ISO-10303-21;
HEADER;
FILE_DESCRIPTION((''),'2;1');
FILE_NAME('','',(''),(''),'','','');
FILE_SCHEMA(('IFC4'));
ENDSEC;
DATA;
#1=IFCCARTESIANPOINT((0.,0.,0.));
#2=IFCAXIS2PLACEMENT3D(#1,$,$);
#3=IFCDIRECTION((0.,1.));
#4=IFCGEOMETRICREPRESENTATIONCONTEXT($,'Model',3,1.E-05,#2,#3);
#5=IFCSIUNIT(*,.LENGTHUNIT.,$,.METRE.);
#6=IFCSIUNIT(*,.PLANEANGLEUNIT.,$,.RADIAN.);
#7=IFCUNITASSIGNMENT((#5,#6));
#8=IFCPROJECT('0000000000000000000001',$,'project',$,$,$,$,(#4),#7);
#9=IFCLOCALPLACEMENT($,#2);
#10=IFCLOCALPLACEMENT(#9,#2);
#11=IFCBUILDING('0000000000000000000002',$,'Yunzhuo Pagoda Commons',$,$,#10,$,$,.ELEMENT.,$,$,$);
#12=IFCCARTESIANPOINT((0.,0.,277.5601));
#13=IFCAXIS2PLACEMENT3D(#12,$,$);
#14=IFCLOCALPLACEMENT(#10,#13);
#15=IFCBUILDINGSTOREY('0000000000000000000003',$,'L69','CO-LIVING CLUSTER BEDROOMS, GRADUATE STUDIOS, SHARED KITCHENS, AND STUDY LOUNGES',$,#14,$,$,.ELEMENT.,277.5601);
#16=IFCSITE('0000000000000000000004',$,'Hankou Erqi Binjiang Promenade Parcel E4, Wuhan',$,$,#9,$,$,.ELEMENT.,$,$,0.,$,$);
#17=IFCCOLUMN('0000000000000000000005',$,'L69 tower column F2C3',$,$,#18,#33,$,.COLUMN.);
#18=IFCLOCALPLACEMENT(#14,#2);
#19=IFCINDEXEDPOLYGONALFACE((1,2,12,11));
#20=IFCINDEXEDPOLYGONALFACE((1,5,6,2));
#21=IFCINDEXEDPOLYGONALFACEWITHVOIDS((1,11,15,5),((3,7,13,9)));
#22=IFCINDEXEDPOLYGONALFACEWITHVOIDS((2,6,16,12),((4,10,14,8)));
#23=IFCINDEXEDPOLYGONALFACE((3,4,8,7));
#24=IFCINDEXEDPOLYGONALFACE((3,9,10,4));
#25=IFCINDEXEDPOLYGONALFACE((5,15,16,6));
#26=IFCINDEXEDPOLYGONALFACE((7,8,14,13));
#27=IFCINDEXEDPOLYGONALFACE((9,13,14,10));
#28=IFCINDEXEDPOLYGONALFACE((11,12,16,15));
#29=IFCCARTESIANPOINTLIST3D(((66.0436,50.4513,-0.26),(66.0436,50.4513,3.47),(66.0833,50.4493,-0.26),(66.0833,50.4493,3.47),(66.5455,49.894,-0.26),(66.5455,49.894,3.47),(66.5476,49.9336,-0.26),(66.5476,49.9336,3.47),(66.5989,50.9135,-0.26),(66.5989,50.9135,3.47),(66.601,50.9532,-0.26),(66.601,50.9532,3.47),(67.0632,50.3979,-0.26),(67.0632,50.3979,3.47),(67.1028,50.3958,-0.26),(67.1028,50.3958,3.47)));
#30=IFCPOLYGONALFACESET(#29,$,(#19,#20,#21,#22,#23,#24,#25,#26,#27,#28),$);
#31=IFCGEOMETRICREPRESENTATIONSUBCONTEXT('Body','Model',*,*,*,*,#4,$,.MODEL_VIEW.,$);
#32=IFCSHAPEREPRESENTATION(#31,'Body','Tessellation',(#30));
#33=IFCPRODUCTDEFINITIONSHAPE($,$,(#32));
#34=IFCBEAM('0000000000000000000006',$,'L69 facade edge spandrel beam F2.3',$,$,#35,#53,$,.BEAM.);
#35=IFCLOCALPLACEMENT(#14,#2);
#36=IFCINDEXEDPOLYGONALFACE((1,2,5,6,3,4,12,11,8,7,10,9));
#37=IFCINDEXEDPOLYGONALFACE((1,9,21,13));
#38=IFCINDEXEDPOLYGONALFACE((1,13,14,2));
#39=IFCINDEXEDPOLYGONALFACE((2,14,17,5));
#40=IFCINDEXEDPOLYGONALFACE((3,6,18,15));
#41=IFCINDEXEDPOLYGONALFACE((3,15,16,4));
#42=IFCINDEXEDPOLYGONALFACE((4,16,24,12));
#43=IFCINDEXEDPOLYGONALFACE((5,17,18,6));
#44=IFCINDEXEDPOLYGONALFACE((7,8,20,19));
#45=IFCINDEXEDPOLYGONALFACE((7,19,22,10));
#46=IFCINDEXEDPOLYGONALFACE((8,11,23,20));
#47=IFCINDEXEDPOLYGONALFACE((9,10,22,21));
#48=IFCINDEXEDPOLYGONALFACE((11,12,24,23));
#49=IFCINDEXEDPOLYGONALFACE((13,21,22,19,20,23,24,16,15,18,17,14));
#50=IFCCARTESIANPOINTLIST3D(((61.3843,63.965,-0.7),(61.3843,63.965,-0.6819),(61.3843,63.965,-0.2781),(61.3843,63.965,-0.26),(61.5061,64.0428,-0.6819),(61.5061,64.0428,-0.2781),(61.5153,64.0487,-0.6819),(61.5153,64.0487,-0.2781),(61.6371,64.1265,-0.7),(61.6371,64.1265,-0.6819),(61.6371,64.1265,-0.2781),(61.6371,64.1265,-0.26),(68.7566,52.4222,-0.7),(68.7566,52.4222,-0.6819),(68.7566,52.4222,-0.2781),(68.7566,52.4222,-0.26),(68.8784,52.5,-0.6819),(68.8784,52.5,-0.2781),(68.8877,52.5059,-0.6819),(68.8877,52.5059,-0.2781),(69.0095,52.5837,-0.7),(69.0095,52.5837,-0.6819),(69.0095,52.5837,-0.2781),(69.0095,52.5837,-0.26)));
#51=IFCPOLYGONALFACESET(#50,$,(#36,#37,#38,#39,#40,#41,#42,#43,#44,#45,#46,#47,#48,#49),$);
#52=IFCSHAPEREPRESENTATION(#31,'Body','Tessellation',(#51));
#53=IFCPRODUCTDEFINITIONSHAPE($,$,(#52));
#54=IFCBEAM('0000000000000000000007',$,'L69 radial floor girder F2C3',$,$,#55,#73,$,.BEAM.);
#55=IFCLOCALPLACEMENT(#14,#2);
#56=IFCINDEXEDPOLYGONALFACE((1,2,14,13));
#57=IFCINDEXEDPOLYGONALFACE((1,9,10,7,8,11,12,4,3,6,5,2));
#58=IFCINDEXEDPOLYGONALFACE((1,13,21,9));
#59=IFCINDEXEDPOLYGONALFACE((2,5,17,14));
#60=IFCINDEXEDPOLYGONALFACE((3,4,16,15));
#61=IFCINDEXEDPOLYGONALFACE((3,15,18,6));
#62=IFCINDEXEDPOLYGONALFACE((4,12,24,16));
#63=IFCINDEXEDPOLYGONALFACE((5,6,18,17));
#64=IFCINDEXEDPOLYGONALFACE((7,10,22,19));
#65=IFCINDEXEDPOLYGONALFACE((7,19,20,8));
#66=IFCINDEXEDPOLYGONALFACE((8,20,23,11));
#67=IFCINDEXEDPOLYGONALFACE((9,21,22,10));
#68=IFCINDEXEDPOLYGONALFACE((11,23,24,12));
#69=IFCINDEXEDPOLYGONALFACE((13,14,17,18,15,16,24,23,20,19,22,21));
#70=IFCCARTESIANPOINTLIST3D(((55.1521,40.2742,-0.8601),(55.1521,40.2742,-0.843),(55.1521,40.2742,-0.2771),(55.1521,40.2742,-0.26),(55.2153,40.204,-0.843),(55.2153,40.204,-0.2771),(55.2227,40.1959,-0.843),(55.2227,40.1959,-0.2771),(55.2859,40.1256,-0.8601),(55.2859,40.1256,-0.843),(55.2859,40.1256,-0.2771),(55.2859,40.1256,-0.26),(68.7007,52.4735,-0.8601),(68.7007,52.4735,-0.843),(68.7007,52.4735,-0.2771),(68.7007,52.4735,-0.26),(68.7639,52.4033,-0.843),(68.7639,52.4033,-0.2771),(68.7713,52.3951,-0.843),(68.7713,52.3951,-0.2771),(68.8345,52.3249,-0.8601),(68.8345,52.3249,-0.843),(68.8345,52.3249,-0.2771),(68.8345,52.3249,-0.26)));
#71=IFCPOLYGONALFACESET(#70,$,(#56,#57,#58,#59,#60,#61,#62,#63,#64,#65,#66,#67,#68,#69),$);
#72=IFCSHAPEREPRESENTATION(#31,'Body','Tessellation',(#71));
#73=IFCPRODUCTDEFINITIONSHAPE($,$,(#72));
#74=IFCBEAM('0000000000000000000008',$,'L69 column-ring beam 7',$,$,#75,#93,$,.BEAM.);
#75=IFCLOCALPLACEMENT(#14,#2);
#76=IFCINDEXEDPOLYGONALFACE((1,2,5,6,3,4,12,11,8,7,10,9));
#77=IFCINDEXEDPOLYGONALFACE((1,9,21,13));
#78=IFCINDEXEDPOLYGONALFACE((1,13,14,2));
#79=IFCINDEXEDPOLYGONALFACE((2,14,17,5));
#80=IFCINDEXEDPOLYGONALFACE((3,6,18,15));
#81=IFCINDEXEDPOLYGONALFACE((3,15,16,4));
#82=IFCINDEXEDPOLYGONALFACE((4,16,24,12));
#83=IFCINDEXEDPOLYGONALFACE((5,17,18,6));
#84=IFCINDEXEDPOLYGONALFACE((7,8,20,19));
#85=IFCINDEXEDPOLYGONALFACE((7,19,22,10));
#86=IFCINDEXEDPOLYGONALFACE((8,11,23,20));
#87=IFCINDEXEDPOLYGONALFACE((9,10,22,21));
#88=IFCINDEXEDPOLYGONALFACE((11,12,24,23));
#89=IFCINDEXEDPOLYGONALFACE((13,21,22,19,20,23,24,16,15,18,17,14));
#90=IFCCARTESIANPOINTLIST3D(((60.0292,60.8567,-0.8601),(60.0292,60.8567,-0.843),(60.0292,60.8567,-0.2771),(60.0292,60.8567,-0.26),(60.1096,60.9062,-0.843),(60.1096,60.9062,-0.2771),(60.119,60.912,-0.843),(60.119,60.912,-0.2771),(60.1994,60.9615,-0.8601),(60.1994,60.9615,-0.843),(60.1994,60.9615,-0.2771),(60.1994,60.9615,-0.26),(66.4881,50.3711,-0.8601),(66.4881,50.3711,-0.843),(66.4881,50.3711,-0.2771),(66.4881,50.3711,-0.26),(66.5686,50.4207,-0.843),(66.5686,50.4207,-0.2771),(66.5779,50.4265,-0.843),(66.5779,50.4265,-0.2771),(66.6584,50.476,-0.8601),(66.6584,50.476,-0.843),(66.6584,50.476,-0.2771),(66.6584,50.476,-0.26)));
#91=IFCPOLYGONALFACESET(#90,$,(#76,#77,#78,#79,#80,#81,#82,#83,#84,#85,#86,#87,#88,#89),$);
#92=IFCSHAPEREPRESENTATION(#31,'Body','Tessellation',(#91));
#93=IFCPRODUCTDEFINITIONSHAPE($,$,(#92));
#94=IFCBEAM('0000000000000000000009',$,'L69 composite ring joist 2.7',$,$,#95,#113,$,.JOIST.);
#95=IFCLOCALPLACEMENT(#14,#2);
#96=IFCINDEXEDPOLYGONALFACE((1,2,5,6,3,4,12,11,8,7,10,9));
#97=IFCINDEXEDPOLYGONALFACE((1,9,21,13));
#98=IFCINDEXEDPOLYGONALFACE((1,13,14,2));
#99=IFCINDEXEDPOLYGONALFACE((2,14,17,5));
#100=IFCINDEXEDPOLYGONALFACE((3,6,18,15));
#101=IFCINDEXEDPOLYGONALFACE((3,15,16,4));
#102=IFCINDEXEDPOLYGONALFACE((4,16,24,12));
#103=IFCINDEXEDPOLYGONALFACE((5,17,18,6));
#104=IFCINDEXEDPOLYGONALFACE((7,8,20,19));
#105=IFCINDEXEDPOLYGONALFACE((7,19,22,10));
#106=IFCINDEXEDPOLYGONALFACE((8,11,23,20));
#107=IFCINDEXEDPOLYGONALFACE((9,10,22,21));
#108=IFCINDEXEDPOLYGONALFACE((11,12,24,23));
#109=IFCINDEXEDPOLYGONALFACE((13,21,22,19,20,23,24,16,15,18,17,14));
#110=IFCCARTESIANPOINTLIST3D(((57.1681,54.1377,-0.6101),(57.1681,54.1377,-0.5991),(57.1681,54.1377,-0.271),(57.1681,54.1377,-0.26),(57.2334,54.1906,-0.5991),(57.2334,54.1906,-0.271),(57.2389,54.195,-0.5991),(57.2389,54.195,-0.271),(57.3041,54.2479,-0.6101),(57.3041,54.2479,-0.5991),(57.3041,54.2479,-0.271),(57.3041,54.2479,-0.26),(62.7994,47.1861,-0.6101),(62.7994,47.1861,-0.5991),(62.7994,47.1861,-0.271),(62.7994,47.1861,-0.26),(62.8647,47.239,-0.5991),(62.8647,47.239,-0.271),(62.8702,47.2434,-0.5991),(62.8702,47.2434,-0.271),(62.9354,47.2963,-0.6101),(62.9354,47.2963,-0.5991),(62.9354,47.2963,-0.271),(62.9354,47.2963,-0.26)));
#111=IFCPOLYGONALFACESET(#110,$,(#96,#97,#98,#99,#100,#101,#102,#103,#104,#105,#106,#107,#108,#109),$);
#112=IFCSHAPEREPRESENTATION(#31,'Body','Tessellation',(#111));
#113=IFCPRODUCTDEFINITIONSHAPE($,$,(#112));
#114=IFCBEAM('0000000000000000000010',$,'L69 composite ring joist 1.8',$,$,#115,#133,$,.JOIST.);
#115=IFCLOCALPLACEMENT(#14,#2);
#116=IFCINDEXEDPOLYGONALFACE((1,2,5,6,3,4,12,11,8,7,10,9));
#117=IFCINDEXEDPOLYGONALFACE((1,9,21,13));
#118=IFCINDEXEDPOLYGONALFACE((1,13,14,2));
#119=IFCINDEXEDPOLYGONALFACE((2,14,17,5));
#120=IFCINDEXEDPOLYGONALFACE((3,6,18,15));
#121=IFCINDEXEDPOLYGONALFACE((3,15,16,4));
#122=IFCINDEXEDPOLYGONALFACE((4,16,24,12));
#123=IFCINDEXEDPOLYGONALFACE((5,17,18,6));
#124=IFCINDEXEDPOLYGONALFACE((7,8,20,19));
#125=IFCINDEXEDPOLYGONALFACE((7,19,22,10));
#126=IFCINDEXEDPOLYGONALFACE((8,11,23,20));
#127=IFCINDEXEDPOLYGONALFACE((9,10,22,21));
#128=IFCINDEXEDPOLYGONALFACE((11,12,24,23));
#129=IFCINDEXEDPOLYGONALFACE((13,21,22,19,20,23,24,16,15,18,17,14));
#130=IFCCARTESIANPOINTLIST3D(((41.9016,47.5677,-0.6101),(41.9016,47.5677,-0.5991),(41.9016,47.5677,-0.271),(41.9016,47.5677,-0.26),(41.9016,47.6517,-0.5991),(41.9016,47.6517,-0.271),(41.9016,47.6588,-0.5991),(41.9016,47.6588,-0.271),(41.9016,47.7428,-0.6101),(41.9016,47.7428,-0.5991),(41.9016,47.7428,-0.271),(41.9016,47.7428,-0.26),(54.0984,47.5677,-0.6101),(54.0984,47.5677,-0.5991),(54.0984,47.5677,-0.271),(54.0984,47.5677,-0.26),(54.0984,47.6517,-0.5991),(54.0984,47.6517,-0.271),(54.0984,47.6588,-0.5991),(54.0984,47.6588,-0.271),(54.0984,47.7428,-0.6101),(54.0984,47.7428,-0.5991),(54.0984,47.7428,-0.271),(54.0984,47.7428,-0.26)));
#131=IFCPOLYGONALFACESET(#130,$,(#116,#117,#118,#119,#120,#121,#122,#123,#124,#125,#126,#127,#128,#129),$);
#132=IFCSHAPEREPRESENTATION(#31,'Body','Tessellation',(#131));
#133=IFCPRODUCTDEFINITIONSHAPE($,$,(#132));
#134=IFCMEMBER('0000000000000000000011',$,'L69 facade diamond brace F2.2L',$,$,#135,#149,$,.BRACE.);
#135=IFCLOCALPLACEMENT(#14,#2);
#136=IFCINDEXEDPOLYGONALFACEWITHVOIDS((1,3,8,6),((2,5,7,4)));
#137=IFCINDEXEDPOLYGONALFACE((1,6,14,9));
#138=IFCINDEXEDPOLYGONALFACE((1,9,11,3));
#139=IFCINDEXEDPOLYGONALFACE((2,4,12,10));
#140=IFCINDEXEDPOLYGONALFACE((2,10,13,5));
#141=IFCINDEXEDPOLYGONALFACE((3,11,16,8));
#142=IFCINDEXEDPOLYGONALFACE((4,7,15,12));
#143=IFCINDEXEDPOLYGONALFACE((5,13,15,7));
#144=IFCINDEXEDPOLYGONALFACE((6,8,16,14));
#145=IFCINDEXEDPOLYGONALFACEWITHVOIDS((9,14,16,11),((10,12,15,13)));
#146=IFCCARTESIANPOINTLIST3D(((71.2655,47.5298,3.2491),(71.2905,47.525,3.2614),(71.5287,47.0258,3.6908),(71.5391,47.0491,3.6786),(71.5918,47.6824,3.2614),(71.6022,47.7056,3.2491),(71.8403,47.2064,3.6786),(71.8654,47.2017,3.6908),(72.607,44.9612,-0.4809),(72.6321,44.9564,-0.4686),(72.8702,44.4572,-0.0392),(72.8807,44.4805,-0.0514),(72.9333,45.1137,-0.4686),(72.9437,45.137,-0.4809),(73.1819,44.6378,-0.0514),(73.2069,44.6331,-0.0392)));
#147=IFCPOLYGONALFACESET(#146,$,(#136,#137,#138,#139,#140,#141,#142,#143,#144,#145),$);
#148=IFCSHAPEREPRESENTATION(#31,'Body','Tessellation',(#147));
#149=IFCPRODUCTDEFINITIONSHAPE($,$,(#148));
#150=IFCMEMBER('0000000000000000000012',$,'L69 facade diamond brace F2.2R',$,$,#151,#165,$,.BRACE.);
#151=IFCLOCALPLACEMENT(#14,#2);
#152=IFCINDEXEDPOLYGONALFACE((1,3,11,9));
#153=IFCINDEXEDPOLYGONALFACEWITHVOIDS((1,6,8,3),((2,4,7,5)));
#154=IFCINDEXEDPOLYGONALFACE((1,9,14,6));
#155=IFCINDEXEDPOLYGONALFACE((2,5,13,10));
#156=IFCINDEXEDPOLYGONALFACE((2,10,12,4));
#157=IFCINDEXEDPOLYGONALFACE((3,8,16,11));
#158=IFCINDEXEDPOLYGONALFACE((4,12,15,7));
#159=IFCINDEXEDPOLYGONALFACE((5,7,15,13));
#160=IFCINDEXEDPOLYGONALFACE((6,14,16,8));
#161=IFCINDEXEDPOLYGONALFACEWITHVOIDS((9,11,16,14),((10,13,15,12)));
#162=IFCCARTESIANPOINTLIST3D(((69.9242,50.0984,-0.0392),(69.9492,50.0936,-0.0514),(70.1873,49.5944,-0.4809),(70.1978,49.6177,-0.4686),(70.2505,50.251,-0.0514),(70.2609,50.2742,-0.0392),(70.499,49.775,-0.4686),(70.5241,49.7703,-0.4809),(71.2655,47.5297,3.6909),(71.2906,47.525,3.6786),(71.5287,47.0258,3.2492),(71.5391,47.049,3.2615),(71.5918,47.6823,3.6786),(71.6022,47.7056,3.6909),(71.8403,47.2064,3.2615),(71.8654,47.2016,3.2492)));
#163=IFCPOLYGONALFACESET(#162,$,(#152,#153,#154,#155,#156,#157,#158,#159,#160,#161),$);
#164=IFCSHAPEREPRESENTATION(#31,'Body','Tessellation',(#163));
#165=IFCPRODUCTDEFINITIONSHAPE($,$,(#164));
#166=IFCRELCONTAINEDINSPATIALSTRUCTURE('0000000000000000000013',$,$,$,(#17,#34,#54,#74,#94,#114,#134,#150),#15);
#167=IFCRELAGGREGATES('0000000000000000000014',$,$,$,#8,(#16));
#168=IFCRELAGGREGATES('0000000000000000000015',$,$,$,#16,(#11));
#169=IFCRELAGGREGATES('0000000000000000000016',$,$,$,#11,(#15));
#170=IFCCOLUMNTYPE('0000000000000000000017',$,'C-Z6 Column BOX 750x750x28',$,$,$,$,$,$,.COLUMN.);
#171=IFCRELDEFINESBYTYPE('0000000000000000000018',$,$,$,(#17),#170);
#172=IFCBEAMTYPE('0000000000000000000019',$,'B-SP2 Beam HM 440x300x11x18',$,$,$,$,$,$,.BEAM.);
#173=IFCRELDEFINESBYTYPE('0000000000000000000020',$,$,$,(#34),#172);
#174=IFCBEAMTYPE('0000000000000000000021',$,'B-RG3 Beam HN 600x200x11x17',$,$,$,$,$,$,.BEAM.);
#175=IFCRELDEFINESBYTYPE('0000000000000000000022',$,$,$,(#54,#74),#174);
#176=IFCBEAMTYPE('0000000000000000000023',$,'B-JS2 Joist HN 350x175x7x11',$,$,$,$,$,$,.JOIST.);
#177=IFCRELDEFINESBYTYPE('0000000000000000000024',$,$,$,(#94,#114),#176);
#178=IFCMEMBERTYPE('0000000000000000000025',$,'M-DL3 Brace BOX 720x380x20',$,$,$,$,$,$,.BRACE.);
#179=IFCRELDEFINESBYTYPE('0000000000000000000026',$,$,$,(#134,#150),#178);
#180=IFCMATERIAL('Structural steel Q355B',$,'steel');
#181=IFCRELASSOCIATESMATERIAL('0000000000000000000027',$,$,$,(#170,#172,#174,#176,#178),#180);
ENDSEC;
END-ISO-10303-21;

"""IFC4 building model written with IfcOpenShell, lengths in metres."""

from ifc_helpers import new_model, si_unit, direction, frame, origin, origin_2d, place, context, subcontext, project, spatial, hollow_rectangle, i_section, extrude, source, transform, mapped, material, material_profile, profile_set, type_object, element, save


model = new_model("IFC4")

# Units and contexts
model_context = context("Model", 3, precision=1e-05, world=origin(), true_north=direction((0.0, 1.0)))
body_context = subcontext(model_context, "Body", "Model", "MODEL_VIEW")
ifc_project = project(units=[si_unit("LENGTHUNIT", "METRE"), si_unit("PLANEANGLEUNIT", "RADIAN")], contexts=[model_context])

# Site, building, storey
site_placement = place(None, origin())
site = spatial("IfcSite", under=ifc_project, at=site_placement, Name="Hankou Erqi Binjiang Promenade Parcel E4, Wuhan", CompositionType="ELEMENT", RefElevation=0.0)
building_placement = place(site_placement, origin())
building = spatial("IfcBuilding", under=site, at=building_placement, Name="Yunzhuo Pagoda Commons", CompositionType="ELEMENT")
storey_placement = place(building_placement, frame((0.0, 0.0, 277.5601)))
storey = spatial("IfcBuildingStorey", under=building, at=storey_placement, Name="L69", Description="CO-LIVING CLUSTER BEDROOMS, GRADUATE STUDIOS, SHARED KITCHENS, AND STUDY LOUNGES", CompositionType="ELEMENT", Elevation=277.5601)

# Column
ifc_material_1 = material(Name="Structural steel Q355B", Category="steel")
ifc_material_profile_1 = material_profile(ifc_material_1, hollow_rectangle(XDim=0.75, YDim=0.75, WallThickness=0.0281, at=origin_2d()), Name="Structural steel Q355B")
ifc_profile_set_1 = profile_set([ifc_material_profile_1], Name="Structural steel Q355B")
column_type = type_object("IfcColumnType", Name="C-Z6 Column BOX 750x750x28", PredefinedType="COLUMN", material=ifc_profile_set_1)
shared_shape_1 = source(origin(), body_context, "Body", "SweptSolid", [
    extrude(hollow_rectangle(XDim=0.75, YDim=0.75, WallThickness=0.0281, at=origin_2d()), origin(), (0.0, 0.0, 1.0), 3.73),
])
column_placement = place(storey_placement, frame((66.5732, 50.4236, -0.26), z_axis=(0.0, 0.0, 1.0), x_axis=(-0.669131, 0.743145, 0.0)))
element("IfcColumn", 1, at=column_placement, inside=storey, type_object=column_type, Name="L69 tower column F2C3", PredefinedType="COLUMN", context=body_context, shape_type="MappedRepresentation", body=[
    mapped(shared_shape_1, transform((0.0, 0.0, 0.0), scale=1.0)),
])

# Beams
ifc_material_profile_2 = material_profile(ifc_material_1, i_section(OverallWidth=0.3, OverallDepth=0.4399, WebThickness=0.011, FlangeThickness=0.0181, at=origin_2d()), Name="Structural steel Q355B")
ifc_profile_set_2 = profile_set([ifc_material_profile_2], Name="Structural steel Q355B")
beam_type_1 = type_object("IfcBeamType", Name="B-SP2 Beam HM 440x300x11x18", PredefinedType="BEAM", material=ifc_profile_set_2)
shared_shape_2 = source(origin(), body_context, "Body", "SweptSolid", [
    extrude(i_section(OverallWidth=0.3, OverallDepth=0.4399, WebThickness=0.011, FlangeThickness=0.0181, at=origin_2d()), origin(), (0.0, 0.0, 1.0), 13.6963),
])
beam_1_placement = place(storey_placement, frame((68.8831, 52.5029, -0.48), z_axis=(-0.538275, 0.842769, 0.0), x_axis=(-0.842769, -0.538275, 0.0)))
element("IfcBeam", 2, at=beam_1_placement, inside=storey, type_object=beam_type_1, Name="L69 facade edge spandrel beam F2.3", PredefinedType="BEAM", context=body_context, shape_type="MappedRepresentation", body=[
    mapped(shared_shape_2, transform((0.0, 0.0, 0.0), scale=1.0)),
])
ifc_material_profile_3 = material_profile(ifc_material_1, i_section(OverallWidth=0.2, OverallDepth=0.6001, WebThickness=0.011, FlangeThickness=0.0171, at=origin_2d()), Name="Structural steel Q355B")
ifc_profile_set_3 = profile_set([ifc_material_profile_3], Name="Structural steel Q355B")
beam_type_2 = type_object("IfcBeamType", Name="B-RG3 Beam HN 600x200x11x17", PredefinedType="BEAM", material=ifc_profile_set_3)
shared_shape_3 = source(origin(), body_context, "Body", "SweptSolid", [
    extrude(i_section(OverallWidth=0.2, OverallDepth=0.6001, WebThickness=0.011, FlangeThickness=0.0171, at=origin_2d()), origin(), (0.0, 0.0, 1.0), 18.2314),
])
beam_2_placement = place(storey_placement, frame((68.7676, 52.3992, -0.5601), z_axis=(-0.743144, -0.669131, 0.0), x_axis=(0.669131, -0.743144, 0.0)))
element("IfcBeam", 3, at=beam_2_placement, inside=storey, type_object=beam_type_2, Name="L69 radial floor girder F2C3", PredefinedType="BEAM", context=body_context, shape_type="MappedRepresentation", body=[
    mapped(shared_shape_3, transform((0.0, 0.0, 0.0), scale=1.0)),
])
shared_shape_4 = source(origin(), body_context, "Body", "SweptSolid", [
    extrude(i_section(OverallWidth=0.2, OverallDepth=0.6001, WebThickness=0.011, FlangeThickness=0.0171, at=origin_2d()), origin(), (0.0, 0.0, 1.0), 12.3152),
])
beam_3_placement = place(storey_placement, frame((66.5732, 50.4236, -0.5601), z_axis=(-0.524469, 0.85143, 0.0), x_axis=(-0.85143, -0.524469, 0.0)))
element("IfcBeam", 4, at=beam_3_placement, inside=storey, type_object=beam_type_2, Name="L69 column-ring beam 7", PredefinedType="BEAM", context=body_context, shape_type="MappedRepresentation", body=[
    mapped(shared_shape_4, transform((0.0, 0.0, 0.0), scale=1.0)),
])
ifc_material_profile_4 = material_profile(ifc_material_1, i_section(OverallWidth=0.175, OverallDepth=0.3501, WebThickness=0.0071, FlangeThickness=0.011, at=origin_2d()), Name="Structural steel Q355B")
ifc_profile_set_4 = profile_set([ifc_material_profile_4], Name="Structural steel Q355B")
beam_type_3 = type_object("IfcBeamType", Name="B-JS2 Joist HN 350x175x7x11", PredefinedType="JOIST", material=ifc_profile_set_4)
shared_shape_5 = source(origin(), body_context, "Body", "SweptSolid", [
    extrude(i_section(OverallWidth=0.175, OverallDepth=0.3501, WebThickness=0.0071, FlangeThickness=0.011, at=origin_2d()), origin(), (0.0, 0.0, 1.0), 8.9463),
])
beam_4_placement = place(storey_placement, frame((62.8674, 47.2412, -0.4351), z_axis=(-0.629456, 0.777036, 0.0), x_axis=(-0.777036, -0.629456, 0.0)))
element("IfcBeam", 5, at=beam_4_placement, inside=storey, type_object=beam_type_3, Name="L69 composite ring joist 2.7", PredefinedType="JOIST", context=body_context, shape_type="MappedRepresentation", body=[
    mapped(shared_shape_5, transform((0.0, 0.0, 0.0), scale=1.0)),
])
shared_shape_6 = source(origin(), body_context, "Body", "SweptSolid", [
    extrude(i_section(OverallWidth=0.175, OverallDepth=0.3501, WebThickness=0.0071, FlangeThickness=0.011, at=origin_2d()), origin(), (0.0, 0.0, 1.0), 12.1968),
])
beam_5_placement = place(storey_placement, frame((54.0984, 47.6553, -0.4351), z_axis=(-1.0, 0.0, 0.0), x_axis=(0.0, -1.0, 0.0)))
element("IfcBeam", 6, at=beam_5_placement, inside=storey, type_object=beam_type_3, Name="L69 composite ring joist 1.8", PredefinedType="JOIST", context=body_context, shape_type="MappedRepresentation", body=[
    mapped(shared_shape_6, transform((0.0, 0.0, 0.0), scale=1.0)),
])

# Members
ifc_material_profile_5 = material_profile(ifc_material_1, hollow_rectangle(XDim=0.3799, YDim=0.72, WallThickness=0.02, at=origin_2d()), Name="Structural steel Q355B")
ifc_profile_set_5 = profile_set([ifc_material_profile_5], Name="Structural steel Q355B")
member_type_1 = type_object("IfcMemberType", Name="M-DL3 Brace BOX 720x380x20", PredefinedType="BRACE", material=ifc_profile_set_5)
shared_shape_7 = source(origin(), body_context, "Body", "SweptSolid", [
    extrude(hollow_rectangle(XDim=0.3799, YDim=0.72, WallThickness=0.02, at=origin_2d()), origin(), (0.0, 0.0, 1.0), 4.7234),
])
for number, where, z_axis, x_axis, name in (
    (7, (72.907, 44.7971, -0.26), (-0.284024, 0.543807, 0.789686), (-0.886385, -0.462949, 0.0), "L69 facade diamond brace F2.2L"),
    (8, (70.2241, 49.9343, -0.26), (0.283977, -0.543815, 0.789698), (0.88642, 0.462883, 0.0), "L69 facade diamond brace F2.2R"),
):
    element("IfcMember", number, at=place(storey_placement, frame(where, z_axis=z_axis, x_axis=x_axis)), inside=storey, type_object=member_type_1, Name=name, PredefinedType="BRACE", context=body_context, shape_type="MappedRepresentation", body=[
        mapped(shared_shape_7, transform((0.0, 0.0, 0.0), scale=1.0)),
    ])

save(model, "model.ifc")
